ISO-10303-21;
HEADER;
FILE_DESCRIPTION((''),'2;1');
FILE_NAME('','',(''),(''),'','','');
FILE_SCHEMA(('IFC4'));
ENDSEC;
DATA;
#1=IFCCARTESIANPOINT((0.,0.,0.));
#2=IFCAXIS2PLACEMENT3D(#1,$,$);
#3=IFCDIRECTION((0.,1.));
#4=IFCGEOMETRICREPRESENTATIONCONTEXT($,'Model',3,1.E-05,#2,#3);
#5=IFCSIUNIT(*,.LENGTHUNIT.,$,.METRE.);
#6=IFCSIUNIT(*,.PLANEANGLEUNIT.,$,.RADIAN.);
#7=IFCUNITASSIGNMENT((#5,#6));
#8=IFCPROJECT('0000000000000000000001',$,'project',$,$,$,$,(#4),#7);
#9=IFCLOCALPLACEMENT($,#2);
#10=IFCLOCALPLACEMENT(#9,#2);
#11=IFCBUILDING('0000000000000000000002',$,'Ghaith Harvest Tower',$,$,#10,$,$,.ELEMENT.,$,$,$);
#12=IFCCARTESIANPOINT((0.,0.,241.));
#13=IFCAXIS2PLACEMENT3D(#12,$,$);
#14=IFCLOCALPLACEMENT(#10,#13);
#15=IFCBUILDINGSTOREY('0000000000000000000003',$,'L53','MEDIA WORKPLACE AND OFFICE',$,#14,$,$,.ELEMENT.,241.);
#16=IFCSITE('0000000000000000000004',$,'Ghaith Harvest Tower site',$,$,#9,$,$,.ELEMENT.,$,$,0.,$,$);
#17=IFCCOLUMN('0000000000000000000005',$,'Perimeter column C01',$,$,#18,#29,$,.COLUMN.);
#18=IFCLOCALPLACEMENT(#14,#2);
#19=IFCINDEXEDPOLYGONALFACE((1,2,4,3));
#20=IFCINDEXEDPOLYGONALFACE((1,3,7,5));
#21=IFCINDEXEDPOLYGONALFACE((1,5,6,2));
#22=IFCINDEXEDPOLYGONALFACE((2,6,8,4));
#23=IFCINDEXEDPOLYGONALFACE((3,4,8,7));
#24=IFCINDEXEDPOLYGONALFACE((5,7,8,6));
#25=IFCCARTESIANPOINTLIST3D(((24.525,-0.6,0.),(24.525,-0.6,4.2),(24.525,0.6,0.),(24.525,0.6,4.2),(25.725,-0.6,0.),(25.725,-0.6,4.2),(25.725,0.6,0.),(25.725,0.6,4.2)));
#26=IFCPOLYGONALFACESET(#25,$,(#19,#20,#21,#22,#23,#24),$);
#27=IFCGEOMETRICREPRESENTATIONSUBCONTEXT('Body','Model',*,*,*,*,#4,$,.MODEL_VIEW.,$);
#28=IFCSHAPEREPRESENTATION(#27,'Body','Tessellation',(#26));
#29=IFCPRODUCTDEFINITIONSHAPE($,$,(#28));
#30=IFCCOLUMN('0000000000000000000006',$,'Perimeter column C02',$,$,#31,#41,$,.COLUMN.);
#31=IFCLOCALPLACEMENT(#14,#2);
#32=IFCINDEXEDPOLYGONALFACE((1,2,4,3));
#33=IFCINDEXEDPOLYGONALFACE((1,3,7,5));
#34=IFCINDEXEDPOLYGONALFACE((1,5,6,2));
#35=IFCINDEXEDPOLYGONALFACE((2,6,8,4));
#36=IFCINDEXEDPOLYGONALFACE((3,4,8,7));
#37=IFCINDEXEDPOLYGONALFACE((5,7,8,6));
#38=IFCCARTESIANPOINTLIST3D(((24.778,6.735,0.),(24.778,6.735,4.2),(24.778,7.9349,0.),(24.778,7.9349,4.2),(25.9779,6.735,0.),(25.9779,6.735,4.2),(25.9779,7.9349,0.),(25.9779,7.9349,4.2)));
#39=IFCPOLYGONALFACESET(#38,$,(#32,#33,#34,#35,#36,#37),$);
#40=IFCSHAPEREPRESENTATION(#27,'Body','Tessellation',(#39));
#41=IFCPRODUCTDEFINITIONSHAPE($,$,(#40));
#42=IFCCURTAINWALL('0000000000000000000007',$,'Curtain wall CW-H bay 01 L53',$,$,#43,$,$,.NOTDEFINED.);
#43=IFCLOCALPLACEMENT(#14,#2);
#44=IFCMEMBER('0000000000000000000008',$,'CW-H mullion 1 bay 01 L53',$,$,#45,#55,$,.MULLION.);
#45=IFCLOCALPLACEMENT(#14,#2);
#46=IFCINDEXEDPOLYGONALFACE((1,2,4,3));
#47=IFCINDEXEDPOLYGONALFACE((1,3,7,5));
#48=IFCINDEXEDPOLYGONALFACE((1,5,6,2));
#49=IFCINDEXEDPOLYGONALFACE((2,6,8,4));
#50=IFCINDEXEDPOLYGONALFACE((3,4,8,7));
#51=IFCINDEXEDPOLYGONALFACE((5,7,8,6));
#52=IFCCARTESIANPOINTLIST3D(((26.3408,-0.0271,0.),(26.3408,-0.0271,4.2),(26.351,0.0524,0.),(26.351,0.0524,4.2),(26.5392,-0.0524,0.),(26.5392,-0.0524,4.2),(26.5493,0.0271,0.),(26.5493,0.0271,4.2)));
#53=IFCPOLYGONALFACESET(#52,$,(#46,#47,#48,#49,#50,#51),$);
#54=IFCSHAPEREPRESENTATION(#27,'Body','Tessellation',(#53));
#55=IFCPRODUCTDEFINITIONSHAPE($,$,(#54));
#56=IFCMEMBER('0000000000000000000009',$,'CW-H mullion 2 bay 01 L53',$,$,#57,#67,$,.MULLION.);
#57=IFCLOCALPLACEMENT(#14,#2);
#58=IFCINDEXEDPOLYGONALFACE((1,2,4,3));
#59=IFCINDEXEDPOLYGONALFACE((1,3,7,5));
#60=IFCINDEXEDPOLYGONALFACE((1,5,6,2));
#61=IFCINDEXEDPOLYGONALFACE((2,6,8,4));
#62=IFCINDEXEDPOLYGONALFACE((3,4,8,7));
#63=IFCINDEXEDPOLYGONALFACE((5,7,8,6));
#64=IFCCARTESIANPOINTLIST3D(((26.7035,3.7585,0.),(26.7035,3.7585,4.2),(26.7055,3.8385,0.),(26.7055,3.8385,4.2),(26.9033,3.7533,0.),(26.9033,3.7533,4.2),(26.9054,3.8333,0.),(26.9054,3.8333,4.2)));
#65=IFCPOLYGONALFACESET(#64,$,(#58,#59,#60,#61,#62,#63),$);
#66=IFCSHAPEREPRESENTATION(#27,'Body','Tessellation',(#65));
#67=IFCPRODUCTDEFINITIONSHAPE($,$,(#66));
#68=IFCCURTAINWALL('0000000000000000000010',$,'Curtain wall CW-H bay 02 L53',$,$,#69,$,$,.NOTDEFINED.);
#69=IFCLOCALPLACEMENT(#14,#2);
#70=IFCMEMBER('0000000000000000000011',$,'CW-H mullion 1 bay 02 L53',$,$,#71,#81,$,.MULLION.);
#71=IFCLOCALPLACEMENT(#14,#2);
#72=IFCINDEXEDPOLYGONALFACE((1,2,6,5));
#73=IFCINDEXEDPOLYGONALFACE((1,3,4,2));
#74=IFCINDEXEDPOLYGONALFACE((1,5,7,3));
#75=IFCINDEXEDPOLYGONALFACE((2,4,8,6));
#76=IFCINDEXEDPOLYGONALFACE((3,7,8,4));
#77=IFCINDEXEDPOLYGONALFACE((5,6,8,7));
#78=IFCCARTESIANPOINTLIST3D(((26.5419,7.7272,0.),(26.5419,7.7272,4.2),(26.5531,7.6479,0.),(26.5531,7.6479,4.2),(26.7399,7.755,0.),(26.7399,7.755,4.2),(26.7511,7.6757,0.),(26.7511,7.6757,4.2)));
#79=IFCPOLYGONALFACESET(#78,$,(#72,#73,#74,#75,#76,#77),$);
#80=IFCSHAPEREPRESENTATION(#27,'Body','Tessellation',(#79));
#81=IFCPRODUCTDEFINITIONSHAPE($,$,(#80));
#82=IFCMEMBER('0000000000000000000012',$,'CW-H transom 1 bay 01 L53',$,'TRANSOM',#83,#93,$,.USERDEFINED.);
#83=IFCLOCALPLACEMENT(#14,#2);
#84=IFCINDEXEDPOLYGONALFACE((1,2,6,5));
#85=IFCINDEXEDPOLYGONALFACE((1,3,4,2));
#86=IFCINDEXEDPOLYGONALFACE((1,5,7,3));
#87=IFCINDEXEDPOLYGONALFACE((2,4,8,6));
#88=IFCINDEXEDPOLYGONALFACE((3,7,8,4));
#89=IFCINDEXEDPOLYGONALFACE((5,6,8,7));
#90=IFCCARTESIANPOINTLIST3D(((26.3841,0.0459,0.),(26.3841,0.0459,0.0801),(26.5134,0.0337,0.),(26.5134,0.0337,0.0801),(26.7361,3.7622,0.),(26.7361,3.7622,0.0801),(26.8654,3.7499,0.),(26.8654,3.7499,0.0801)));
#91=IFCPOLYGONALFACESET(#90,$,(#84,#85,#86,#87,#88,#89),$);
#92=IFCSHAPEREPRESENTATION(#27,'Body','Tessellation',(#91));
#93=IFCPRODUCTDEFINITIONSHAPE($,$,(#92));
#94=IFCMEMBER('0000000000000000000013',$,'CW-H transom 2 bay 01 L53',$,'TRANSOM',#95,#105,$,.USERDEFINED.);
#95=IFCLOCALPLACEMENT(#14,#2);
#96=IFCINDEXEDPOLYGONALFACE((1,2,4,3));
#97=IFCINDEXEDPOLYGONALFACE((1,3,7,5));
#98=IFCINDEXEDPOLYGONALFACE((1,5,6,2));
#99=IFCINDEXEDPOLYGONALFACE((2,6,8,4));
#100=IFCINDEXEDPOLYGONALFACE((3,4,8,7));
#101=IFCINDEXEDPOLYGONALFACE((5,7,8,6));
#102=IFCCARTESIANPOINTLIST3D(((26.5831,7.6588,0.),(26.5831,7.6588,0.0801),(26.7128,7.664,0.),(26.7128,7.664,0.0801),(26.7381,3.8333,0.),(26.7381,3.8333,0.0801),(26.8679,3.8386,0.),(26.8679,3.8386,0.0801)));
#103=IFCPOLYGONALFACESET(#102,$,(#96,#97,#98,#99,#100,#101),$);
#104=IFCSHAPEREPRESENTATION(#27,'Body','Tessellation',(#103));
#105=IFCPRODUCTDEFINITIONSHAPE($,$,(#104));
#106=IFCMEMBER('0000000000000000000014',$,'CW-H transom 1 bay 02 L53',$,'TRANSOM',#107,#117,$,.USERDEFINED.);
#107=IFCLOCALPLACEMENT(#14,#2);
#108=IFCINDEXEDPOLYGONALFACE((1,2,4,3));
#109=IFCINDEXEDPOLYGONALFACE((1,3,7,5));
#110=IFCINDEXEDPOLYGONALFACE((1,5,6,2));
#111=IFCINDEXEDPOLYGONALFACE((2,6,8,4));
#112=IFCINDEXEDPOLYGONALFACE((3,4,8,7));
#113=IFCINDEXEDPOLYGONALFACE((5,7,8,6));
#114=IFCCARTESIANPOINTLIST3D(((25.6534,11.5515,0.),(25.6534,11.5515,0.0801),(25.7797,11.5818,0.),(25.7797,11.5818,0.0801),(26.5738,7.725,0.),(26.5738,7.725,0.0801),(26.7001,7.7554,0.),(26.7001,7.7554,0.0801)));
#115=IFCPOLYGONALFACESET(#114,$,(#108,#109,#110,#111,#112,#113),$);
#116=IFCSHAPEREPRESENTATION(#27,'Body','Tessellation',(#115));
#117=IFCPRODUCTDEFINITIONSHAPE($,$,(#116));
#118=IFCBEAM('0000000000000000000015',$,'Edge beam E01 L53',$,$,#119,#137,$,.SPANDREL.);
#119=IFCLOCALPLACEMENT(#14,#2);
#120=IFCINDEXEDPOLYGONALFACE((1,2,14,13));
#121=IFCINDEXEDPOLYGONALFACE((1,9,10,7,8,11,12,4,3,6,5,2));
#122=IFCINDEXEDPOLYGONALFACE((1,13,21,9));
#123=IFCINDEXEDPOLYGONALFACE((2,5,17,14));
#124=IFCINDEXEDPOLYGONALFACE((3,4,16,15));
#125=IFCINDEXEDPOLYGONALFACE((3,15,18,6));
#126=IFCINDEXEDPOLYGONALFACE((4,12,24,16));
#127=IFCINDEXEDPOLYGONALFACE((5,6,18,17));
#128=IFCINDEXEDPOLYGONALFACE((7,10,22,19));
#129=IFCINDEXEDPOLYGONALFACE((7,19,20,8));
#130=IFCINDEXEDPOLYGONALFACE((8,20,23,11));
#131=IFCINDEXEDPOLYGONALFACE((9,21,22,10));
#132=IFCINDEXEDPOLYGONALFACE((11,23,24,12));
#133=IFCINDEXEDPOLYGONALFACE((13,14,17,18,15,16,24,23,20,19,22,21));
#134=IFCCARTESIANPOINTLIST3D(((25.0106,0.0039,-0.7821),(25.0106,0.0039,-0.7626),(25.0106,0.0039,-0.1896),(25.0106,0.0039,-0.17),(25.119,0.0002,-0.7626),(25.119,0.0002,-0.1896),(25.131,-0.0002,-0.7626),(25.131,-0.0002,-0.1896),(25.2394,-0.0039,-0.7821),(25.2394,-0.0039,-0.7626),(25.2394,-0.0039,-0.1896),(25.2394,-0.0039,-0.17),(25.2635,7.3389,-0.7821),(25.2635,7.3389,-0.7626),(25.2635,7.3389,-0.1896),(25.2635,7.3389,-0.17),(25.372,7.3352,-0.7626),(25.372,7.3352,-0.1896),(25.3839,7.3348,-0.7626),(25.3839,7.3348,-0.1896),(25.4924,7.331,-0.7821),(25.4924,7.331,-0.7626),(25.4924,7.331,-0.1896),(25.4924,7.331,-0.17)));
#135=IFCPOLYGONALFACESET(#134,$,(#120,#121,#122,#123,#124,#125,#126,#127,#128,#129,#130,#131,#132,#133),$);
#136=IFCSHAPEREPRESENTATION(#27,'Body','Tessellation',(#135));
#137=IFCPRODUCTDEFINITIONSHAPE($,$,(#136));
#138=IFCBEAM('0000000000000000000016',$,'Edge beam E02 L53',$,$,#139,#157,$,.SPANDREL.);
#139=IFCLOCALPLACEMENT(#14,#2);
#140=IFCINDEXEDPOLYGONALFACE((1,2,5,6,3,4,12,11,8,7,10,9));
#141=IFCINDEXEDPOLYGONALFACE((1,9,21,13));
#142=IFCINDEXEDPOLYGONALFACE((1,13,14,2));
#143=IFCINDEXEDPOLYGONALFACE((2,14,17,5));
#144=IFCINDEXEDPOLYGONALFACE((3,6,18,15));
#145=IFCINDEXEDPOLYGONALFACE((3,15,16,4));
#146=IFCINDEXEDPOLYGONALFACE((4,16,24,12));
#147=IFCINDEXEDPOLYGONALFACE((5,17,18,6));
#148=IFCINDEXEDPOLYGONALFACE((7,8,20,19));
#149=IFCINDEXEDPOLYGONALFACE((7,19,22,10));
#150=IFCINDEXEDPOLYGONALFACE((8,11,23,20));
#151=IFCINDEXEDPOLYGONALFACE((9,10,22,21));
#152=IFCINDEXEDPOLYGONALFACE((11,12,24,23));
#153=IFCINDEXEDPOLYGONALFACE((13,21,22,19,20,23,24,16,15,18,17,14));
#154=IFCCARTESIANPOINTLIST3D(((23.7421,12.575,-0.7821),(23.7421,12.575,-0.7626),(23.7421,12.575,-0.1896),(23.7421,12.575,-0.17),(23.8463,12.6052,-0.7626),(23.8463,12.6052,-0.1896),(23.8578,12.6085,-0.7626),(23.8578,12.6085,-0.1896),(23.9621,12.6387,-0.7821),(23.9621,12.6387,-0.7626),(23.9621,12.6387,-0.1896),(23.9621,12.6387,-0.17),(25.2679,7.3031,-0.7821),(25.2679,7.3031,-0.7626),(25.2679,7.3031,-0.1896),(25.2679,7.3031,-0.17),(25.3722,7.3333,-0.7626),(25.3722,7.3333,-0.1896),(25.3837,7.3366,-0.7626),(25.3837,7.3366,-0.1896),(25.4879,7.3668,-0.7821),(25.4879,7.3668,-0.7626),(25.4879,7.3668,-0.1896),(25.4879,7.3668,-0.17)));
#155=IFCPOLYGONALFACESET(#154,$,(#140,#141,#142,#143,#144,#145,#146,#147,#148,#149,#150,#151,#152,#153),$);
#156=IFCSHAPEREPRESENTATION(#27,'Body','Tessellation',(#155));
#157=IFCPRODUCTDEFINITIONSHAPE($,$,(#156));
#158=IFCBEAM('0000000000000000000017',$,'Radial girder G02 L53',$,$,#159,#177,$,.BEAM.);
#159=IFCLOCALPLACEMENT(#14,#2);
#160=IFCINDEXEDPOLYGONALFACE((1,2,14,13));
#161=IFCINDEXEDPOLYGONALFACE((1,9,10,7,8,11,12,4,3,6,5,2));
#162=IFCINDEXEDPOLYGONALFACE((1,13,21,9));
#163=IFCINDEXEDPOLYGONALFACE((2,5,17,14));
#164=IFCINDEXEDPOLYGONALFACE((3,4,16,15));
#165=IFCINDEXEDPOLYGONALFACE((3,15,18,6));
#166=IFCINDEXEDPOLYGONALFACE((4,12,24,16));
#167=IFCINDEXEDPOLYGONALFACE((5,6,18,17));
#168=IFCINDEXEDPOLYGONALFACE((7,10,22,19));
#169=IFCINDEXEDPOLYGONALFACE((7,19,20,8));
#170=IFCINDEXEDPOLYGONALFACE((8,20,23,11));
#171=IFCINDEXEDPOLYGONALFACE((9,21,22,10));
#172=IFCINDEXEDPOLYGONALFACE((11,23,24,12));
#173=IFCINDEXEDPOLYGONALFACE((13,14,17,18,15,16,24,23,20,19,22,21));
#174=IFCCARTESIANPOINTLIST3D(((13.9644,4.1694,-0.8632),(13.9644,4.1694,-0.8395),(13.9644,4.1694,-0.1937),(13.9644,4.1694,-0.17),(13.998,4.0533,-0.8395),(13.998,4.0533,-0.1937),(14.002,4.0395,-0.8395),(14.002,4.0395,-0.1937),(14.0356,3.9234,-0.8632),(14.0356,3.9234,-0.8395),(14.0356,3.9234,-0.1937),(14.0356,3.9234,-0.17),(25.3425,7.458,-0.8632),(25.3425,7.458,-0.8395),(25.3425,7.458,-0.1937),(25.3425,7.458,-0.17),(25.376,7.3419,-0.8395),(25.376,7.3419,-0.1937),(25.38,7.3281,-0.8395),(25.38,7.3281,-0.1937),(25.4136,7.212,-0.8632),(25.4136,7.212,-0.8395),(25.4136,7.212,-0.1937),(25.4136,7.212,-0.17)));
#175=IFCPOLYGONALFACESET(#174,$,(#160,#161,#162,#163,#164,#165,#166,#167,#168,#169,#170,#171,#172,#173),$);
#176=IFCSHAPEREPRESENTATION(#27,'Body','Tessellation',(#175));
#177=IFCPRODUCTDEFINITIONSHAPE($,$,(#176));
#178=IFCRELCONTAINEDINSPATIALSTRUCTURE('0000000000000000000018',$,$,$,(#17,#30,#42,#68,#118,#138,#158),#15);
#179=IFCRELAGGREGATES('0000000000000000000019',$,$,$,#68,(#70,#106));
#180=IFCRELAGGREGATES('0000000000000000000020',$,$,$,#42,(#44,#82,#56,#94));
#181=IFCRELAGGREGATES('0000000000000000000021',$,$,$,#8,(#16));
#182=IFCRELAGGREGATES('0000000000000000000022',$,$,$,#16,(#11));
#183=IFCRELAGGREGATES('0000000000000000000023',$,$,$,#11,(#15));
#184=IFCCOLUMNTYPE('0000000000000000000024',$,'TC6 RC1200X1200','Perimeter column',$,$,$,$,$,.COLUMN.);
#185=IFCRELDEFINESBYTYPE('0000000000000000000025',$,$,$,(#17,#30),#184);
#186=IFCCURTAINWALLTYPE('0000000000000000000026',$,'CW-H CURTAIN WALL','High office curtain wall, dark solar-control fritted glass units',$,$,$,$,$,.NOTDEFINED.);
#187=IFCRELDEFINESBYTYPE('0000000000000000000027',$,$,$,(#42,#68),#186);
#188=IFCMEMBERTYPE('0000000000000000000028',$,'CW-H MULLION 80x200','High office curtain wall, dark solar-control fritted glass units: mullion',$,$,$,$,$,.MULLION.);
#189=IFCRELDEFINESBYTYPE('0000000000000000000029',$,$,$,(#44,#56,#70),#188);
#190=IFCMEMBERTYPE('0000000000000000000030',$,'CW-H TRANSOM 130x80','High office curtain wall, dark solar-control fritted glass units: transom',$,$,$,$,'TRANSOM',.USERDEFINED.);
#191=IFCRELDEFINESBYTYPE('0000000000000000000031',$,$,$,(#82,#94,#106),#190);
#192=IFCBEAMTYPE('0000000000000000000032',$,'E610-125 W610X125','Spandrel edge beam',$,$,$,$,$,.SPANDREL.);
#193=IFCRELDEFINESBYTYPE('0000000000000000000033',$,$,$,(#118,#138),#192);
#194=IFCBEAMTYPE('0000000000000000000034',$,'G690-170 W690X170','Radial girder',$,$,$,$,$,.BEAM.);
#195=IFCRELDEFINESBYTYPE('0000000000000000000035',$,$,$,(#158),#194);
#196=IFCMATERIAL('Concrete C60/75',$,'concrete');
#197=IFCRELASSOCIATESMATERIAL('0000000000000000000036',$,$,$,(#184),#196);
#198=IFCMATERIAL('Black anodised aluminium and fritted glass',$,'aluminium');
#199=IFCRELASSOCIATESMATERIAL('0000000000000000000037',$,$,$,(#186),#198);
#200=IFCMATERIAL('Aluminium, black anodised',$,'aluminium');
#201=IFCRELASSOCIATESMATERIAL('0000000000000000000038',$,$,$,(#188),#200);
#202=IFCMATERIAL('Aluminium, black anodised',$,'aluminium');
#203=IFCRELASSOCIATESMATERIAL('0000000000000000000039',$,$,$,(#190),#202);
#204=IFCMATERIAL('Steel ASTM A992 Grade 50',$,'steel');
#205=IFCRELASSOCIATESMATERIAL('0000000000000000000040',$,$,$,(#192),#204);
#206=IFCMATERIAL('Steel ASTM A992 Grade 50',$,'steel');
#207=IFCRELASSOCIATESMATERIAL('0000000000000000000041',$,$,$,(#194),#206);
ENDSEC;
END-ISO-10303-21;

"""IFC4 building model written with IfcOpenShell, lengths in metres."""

from ifc_helpers import new_model, si_unit, direction, frame, origin, origin_2d, place, context, subcontext, project, spatial, rectangle, i_section, extrude, material, material_profile, profile_set, type_object, element, aggregate, save


model = new_model("IFC4")

# Units and contexts
model_context = context("Model", 3, precision=1e-05, world=origin(), true_north=direction((0.0, 1.0)))
body_context = subcontext(model_context, "Body", "Model", "MODEL_VIEW")
ifc_project = project(units=[si_unit("LENGTHUNIT", "METRE"), si_unit("PLANEANGLEUNIT", "RADIAN")], contexts=[model_context])

# Site, building, storey
site_placement = place(None, origin())
site = spatial("IfcSite", under=ifc_project, at=site_placement, Name="Ghaith Harvest Tower site", CompositionType="ELEMENT", RefElevation=0.0)
building_placement = place(site_placement, origin())
building = spatial("IfcBuilding", under=site, at=building_placement, Name="Ghaith Harvest Tower", CompositionType="ELEMENT")
storey_placement = place(building_placement, frame((0.0, 0.0, 241.0)))
storey = spatial("IfcBuildingStorey", under=building, at=storey_placement, Name="L53", Description="MEDIA WORKPLACE AND OFFICE", CompositionType="ELEMENT", Elevation=241.0)

# Columns
ifc_material_1 = material(Name="Concrete C60/75", Category="concrete")
ifc_material_profile_1 = material_profile(ifc_material_1, rectangle(XDim=1.2, YDim=1.2, at=origin_2d()), Name="RC1200X1200")
ifc_profile_set_1 = profile_set([ifc_material_profile_1], Name="Concrete C60/75")
column_type = type_object("IfcColumnType", Name="TC6 RC1200X1200", Description="Perimeter column", PredefinedType="COLUMN", material=ifc_profile_set_1)
for number, where, z_axis, x_axis, name in (
    (1, (25.125, 0.0, 0.0), (0.0, 0.0, 1.0), (1.0, 0.0, 0.0), "Perimeter column C01"),
    (2, (25.3779, 7.335, 0.0), (0.0, 0.0, 1.0), (1.0, 0.0, 0.0), "Perimeter column C02"),
):
    element("IfcColumn", number, at=place(storey_placement, frame(where, z_axis=z_axis, x_axis=x_axis)), inside=storey, type_object=column_type, Name=name, PredefinedType="COLUMN", context=body_context, shape_type="SweptSolid", body=[
        extrude(rectangle(XDim=1.2, YDim=1.2, at=origin_2d()), origin(), (0.0, 0.0, 1.0), 4.2),
    ])

# Curtain wall, members
ifc_material_2 = material(Name="Black anodised aluminium and fritted glass", Category="aluminium")
curtain_wall_type = type_object("IfcCurtainWallType", Name="CW-H CURTAIN WALL", Description="High office curtain wall, dark solar-control fritted glass units", PredefinedType="NOTDEFINED", material=ifc_material_2)
curtain_wall_1_placement = place(storey_placement, origin())
curtain_wall_1 = element("IfcCurtainWall", 3, at=curtain_wall_1_placement, inside=storey, type_object=curtain_wall_type, Name="Curtain wall CW-H bay 01 L53", PredefinedType="NOTDEFINED")
ifc_material_3 = material(Name="Aluminium, black anodised", Category="aluminium")
ifc_material_profile_2 = material_profile(ifc_material_3, rectangle(XDim=0.0801, YDim=0.2, at=origin_2d()), Name="CW-H MULLION 80x200")
ifc_profile_set_2 = profile_set([ifc_material_profile_2], Name="Aluminium, black anodised")
member_type_1 = type_object("IfcMemberType", Name="CW-H MULLION 80x200", Description="High office curtain wall, dark solar-control fritted glass units: mullion", PredefinedType="MULLION", material=ifc_profile_set_2)
member_1_placement = place(storey_placement, frame((26.4451, 0.0, 0.0), z_axis=(0.0, 0.0, 1.0), x_axis=(0.126568, 0.991958, 0.0)))
member_1 = element("IfcMember", 4, at=member_1_placement, type_object=member_type_1, Name="CW-H mullion 1 bay 01 L53", PredefinedType="MULLION", context=body_context, shape_type="SweptSolid", body=[
    extrude(rectangle(XDim=0.0801, YDim=0.2, at=origin_2d()), origin(), (0.0, 0.0, 1.0), 4.2),
])
member_2_placement = place(storey_placement, frame((26.8044, 3.7959, 0.0), z_axis=(0.0, 0.0, 1.0), x_axis=(0.026143, 0.999658, 0.0)))
member_2 = element("IfcMember", 5, at=member_2_placement, type_object=member_type_1, Name="CW-H mullion 2 bay 01 L53", PredefinedType="MULLION", context=body_context, shape_type="SweptSolid", body=[
    extrude(rectangle(XDim=0.0801, YDim=0.2, at=origin_2d()), origin(), (0.0, 0.0, 1.0), 4.2),
])

# Curtain wall, member
curtain_wall_2_placement = place(storey_placement, origin())
curtain_wall_2 = element("IfcCurtainWall", 6, at=curtain_wall_2_placement, inside=storey, type_object=curtain_wall_type, Name="Curtain wall CW-H bay 02 L53", PredefinedType="NOTDEFINED")
member_3_placement = place(storey_placement, frame((26.6465, 7.7014, 0.0), z_axis=(0.0, 0.0, 1.0), x_axis=(-0.139146, 0.990272, 0.0)))
member_3 = element("IfcMember", 7, at=member_3_placement, type_object=member_type_1, Name="CW-H mullion 1 bay 02 L53", PredefinedType="MULLION", context=body_context, shape_type="SweptSolid", body=[
    extrude(rectangle(XDim=0.0801, YDim=0.2, at=origin_2d()), origin(), (0.0, 0.0, 1.0), 4.2),
])

# Members
ifc_material_4 = material(Name="Aluminium, black anodised", Category="aluminium")
ifc_material_profile_3 = material_profile(ifc_material_4, rectangle(XDim=0.1299, YDim=0.0801, at=origin_2d()), Name="CW-H TRANSOM 130x80")
ifc_profile_set_3 = profile_set([ifc_material_profile_3], Name="Aluminium, black anodised")
member_type_2 = type_object("IfcMemberType", Name="CW-H TRANSOM 130x80", Description="High office curtain wall, dark solar-control fritted glass units: transom", ElementType="TRANSOM", PredefinedType="USERDEFINED", material=ifc_profile_set_3)
member_4_placement = place(storey_placement, frame((26.4487, 0.0398, 0.04), z_axis=(0.094309, 0.995543, 0.0), x_axis=(-0.995543, 0.094309, 0.0)))
member_4 = element("IfcMember", 8, at=member_4_placement, type_object=member_type_2, Name="CW-H transom 1 bay 01 L53", ObjectType="TRANSOM", PredefinedType="USERDEFINED", context=body_context, shape_type="SweptSolid", body=[
    extrude(rectangle(XDim=0.1299, YDim=0.0801, at=origin_2d()), origin(), (0.0, 0.0, 1.0), 3.7329),
])
member_5_placement = place(storey_placement, frame((26.803, 3.8359, 0.04), z_axis=(-0.040493, 0.99918, 0.0), x_axis=(-0.99918, -0.040493, 0.0)))
member_5 = element("IfcMember", 9, at=member_5_placement, type_object=member_type_2, Name="CW-H transom 2 bay 01 L53", ObjectType="TRANSOM", PredefinedType="USERDEFINED", context=body_context, shape_type="SweptSolid", body=[
    extrude(rectangle(XDim=0.1299, YDim=0.0801, at=origin_2d()), origin(), (0.0, 0.0, 1.0), 3.8286),
])
member_6_placement = place(storey_placement, frame((26.637, 7.7402, 0.04), z_axis=(-0.23387, 0.972268, 0.0), x_axis=(-0.972268, -0.23387, 0.0)))
member_6 = element("IfcMember", 10, at=member_6_placement, type_object=member_type_2, Name="CW-H transom 1 bay 02 L53", ObjectType="TRANSOM", PredefinedType="USERDEFINED", context=body_context, shape_type="SweptSolid", body=[
    extrude(rectangle(XDim=0.1299, YDim=0.0801, at=origin_2d()), origin(), (0.0, 0.0, 1.0), 3.9355),
])
aggregate(curtain_wall_2, [member_3, member_6])

# Beams
ifc_material_5 = material(Name="Steel ASTM A992 Grade 50", Category="steel")
ifc_material_profile_4 = material_profile(ifc_material_5, i_section(OverallWidth=0.229, OverallDepth=0.6121, WebThickness=0.012, FlangeThickness=0.0195, at=origin_2d()), Name="W610X125")
ifc_profile_set_4 = profile_set([ifc_material_profile_4], Name="Steel ASTM A992 Grade 50")
beam_type_1 = type_object("IfcBeamType", Name="E610-125 W610X125", Description="Spandrel edge beam", PredefinedType="SPANDREL", material=ifc_profile_set_4)
beam_1_placement = place(storey_placement, frame((25.125, 0.0, -0.4761), z_axis=(0.034462, 0.999406, 0.0), x_axis=(-0.999406, 0.034462, 0.0)))
element("IfcBeam", 11, at=beam_1_placement, inside=storey, type_object=beam_type_1, Name="Edge beam E01 L53", PredefinedType="SPANDREL", context=body_context, shape_type="SweptSolid", body=[
    extrude(i_section(OverallWidth=0.229, OverallDepth=0.6121, WebThickness=0.012, FlangeThickness=0.0195, at=origin_2d()), origin(), (0.0, 0.0, 1.0), 7.3394),
])
beam_2_placement = place(storey_placement, frame((25.3779, 7.335, -0.4761), z_axis=(-0.278021, 0.960575, 0.0), x_axis=(-0.960575, -0.278021, 0.0)))
element("IfcBeam", 12, at=beam_2_placement, inside=storey, type_object=beam_type_1, Name="Edge beam E02 L53", PredefinedType="SPANDREL", context=body_context, shape_type="SweptSolid", body=[
    extrude(i_section(OverallWidth=0.229, OverallDepth=0.6121, WebThickness=0.012, FlangeThickness=0.0195, at=origin_2d()), origin(), (0.0, 0.0, 1.0), 5.4883),
])
ifc_material_6 = material(Name="Steel ASTM A992 Grade 50", Category="steel")
ifc_material_profile_5 = material_profile(ifc_material_6, i_section(OverallWidth=0.2561, OverallDepth=0.6931, WebThickness=0.0144, FlangeThickness=0.0237, at=origin_2d()), Name="W690X170")
ifc_profile_set_5 = profile_set([ifc_material_profile_5], Name="Steel ASTM A992 Grade 50")
beam_type_2 = type_object("IfcBeamType", Name="G690-170 W690X170", Description="Radial girder", PredefinedType="BEAM", material=ifc_profile_set_5)
beam_3_placement = place(storey_placement, frame((14.0, 4.0464, -0.5166), z_axis=(0.960678, 0.277666, 0.0), x_axis=(-0.277666, 0.960678, 0.0)))
element("IfcBeam", 13, at=beam_3_placement, inside=storey, type_object=beam_type_2, Name="Radial girder G02 L53", PredefinedType="BEAM", context=body_context, shape_type="SweptSolid", body=[
    extrude(i_section(OverallWidth=0.2561, OverallDepth=0.6931, WebThickness=0.0144, FlangeThickness=0.0237, at=origin_2d()), origin(), (0.0, 0.0, 1.0), 11.8438),
])

aggregate(curtain_wall_1, [member_1, member_4, member_2, member_5])

save(model, "model.ifc")
